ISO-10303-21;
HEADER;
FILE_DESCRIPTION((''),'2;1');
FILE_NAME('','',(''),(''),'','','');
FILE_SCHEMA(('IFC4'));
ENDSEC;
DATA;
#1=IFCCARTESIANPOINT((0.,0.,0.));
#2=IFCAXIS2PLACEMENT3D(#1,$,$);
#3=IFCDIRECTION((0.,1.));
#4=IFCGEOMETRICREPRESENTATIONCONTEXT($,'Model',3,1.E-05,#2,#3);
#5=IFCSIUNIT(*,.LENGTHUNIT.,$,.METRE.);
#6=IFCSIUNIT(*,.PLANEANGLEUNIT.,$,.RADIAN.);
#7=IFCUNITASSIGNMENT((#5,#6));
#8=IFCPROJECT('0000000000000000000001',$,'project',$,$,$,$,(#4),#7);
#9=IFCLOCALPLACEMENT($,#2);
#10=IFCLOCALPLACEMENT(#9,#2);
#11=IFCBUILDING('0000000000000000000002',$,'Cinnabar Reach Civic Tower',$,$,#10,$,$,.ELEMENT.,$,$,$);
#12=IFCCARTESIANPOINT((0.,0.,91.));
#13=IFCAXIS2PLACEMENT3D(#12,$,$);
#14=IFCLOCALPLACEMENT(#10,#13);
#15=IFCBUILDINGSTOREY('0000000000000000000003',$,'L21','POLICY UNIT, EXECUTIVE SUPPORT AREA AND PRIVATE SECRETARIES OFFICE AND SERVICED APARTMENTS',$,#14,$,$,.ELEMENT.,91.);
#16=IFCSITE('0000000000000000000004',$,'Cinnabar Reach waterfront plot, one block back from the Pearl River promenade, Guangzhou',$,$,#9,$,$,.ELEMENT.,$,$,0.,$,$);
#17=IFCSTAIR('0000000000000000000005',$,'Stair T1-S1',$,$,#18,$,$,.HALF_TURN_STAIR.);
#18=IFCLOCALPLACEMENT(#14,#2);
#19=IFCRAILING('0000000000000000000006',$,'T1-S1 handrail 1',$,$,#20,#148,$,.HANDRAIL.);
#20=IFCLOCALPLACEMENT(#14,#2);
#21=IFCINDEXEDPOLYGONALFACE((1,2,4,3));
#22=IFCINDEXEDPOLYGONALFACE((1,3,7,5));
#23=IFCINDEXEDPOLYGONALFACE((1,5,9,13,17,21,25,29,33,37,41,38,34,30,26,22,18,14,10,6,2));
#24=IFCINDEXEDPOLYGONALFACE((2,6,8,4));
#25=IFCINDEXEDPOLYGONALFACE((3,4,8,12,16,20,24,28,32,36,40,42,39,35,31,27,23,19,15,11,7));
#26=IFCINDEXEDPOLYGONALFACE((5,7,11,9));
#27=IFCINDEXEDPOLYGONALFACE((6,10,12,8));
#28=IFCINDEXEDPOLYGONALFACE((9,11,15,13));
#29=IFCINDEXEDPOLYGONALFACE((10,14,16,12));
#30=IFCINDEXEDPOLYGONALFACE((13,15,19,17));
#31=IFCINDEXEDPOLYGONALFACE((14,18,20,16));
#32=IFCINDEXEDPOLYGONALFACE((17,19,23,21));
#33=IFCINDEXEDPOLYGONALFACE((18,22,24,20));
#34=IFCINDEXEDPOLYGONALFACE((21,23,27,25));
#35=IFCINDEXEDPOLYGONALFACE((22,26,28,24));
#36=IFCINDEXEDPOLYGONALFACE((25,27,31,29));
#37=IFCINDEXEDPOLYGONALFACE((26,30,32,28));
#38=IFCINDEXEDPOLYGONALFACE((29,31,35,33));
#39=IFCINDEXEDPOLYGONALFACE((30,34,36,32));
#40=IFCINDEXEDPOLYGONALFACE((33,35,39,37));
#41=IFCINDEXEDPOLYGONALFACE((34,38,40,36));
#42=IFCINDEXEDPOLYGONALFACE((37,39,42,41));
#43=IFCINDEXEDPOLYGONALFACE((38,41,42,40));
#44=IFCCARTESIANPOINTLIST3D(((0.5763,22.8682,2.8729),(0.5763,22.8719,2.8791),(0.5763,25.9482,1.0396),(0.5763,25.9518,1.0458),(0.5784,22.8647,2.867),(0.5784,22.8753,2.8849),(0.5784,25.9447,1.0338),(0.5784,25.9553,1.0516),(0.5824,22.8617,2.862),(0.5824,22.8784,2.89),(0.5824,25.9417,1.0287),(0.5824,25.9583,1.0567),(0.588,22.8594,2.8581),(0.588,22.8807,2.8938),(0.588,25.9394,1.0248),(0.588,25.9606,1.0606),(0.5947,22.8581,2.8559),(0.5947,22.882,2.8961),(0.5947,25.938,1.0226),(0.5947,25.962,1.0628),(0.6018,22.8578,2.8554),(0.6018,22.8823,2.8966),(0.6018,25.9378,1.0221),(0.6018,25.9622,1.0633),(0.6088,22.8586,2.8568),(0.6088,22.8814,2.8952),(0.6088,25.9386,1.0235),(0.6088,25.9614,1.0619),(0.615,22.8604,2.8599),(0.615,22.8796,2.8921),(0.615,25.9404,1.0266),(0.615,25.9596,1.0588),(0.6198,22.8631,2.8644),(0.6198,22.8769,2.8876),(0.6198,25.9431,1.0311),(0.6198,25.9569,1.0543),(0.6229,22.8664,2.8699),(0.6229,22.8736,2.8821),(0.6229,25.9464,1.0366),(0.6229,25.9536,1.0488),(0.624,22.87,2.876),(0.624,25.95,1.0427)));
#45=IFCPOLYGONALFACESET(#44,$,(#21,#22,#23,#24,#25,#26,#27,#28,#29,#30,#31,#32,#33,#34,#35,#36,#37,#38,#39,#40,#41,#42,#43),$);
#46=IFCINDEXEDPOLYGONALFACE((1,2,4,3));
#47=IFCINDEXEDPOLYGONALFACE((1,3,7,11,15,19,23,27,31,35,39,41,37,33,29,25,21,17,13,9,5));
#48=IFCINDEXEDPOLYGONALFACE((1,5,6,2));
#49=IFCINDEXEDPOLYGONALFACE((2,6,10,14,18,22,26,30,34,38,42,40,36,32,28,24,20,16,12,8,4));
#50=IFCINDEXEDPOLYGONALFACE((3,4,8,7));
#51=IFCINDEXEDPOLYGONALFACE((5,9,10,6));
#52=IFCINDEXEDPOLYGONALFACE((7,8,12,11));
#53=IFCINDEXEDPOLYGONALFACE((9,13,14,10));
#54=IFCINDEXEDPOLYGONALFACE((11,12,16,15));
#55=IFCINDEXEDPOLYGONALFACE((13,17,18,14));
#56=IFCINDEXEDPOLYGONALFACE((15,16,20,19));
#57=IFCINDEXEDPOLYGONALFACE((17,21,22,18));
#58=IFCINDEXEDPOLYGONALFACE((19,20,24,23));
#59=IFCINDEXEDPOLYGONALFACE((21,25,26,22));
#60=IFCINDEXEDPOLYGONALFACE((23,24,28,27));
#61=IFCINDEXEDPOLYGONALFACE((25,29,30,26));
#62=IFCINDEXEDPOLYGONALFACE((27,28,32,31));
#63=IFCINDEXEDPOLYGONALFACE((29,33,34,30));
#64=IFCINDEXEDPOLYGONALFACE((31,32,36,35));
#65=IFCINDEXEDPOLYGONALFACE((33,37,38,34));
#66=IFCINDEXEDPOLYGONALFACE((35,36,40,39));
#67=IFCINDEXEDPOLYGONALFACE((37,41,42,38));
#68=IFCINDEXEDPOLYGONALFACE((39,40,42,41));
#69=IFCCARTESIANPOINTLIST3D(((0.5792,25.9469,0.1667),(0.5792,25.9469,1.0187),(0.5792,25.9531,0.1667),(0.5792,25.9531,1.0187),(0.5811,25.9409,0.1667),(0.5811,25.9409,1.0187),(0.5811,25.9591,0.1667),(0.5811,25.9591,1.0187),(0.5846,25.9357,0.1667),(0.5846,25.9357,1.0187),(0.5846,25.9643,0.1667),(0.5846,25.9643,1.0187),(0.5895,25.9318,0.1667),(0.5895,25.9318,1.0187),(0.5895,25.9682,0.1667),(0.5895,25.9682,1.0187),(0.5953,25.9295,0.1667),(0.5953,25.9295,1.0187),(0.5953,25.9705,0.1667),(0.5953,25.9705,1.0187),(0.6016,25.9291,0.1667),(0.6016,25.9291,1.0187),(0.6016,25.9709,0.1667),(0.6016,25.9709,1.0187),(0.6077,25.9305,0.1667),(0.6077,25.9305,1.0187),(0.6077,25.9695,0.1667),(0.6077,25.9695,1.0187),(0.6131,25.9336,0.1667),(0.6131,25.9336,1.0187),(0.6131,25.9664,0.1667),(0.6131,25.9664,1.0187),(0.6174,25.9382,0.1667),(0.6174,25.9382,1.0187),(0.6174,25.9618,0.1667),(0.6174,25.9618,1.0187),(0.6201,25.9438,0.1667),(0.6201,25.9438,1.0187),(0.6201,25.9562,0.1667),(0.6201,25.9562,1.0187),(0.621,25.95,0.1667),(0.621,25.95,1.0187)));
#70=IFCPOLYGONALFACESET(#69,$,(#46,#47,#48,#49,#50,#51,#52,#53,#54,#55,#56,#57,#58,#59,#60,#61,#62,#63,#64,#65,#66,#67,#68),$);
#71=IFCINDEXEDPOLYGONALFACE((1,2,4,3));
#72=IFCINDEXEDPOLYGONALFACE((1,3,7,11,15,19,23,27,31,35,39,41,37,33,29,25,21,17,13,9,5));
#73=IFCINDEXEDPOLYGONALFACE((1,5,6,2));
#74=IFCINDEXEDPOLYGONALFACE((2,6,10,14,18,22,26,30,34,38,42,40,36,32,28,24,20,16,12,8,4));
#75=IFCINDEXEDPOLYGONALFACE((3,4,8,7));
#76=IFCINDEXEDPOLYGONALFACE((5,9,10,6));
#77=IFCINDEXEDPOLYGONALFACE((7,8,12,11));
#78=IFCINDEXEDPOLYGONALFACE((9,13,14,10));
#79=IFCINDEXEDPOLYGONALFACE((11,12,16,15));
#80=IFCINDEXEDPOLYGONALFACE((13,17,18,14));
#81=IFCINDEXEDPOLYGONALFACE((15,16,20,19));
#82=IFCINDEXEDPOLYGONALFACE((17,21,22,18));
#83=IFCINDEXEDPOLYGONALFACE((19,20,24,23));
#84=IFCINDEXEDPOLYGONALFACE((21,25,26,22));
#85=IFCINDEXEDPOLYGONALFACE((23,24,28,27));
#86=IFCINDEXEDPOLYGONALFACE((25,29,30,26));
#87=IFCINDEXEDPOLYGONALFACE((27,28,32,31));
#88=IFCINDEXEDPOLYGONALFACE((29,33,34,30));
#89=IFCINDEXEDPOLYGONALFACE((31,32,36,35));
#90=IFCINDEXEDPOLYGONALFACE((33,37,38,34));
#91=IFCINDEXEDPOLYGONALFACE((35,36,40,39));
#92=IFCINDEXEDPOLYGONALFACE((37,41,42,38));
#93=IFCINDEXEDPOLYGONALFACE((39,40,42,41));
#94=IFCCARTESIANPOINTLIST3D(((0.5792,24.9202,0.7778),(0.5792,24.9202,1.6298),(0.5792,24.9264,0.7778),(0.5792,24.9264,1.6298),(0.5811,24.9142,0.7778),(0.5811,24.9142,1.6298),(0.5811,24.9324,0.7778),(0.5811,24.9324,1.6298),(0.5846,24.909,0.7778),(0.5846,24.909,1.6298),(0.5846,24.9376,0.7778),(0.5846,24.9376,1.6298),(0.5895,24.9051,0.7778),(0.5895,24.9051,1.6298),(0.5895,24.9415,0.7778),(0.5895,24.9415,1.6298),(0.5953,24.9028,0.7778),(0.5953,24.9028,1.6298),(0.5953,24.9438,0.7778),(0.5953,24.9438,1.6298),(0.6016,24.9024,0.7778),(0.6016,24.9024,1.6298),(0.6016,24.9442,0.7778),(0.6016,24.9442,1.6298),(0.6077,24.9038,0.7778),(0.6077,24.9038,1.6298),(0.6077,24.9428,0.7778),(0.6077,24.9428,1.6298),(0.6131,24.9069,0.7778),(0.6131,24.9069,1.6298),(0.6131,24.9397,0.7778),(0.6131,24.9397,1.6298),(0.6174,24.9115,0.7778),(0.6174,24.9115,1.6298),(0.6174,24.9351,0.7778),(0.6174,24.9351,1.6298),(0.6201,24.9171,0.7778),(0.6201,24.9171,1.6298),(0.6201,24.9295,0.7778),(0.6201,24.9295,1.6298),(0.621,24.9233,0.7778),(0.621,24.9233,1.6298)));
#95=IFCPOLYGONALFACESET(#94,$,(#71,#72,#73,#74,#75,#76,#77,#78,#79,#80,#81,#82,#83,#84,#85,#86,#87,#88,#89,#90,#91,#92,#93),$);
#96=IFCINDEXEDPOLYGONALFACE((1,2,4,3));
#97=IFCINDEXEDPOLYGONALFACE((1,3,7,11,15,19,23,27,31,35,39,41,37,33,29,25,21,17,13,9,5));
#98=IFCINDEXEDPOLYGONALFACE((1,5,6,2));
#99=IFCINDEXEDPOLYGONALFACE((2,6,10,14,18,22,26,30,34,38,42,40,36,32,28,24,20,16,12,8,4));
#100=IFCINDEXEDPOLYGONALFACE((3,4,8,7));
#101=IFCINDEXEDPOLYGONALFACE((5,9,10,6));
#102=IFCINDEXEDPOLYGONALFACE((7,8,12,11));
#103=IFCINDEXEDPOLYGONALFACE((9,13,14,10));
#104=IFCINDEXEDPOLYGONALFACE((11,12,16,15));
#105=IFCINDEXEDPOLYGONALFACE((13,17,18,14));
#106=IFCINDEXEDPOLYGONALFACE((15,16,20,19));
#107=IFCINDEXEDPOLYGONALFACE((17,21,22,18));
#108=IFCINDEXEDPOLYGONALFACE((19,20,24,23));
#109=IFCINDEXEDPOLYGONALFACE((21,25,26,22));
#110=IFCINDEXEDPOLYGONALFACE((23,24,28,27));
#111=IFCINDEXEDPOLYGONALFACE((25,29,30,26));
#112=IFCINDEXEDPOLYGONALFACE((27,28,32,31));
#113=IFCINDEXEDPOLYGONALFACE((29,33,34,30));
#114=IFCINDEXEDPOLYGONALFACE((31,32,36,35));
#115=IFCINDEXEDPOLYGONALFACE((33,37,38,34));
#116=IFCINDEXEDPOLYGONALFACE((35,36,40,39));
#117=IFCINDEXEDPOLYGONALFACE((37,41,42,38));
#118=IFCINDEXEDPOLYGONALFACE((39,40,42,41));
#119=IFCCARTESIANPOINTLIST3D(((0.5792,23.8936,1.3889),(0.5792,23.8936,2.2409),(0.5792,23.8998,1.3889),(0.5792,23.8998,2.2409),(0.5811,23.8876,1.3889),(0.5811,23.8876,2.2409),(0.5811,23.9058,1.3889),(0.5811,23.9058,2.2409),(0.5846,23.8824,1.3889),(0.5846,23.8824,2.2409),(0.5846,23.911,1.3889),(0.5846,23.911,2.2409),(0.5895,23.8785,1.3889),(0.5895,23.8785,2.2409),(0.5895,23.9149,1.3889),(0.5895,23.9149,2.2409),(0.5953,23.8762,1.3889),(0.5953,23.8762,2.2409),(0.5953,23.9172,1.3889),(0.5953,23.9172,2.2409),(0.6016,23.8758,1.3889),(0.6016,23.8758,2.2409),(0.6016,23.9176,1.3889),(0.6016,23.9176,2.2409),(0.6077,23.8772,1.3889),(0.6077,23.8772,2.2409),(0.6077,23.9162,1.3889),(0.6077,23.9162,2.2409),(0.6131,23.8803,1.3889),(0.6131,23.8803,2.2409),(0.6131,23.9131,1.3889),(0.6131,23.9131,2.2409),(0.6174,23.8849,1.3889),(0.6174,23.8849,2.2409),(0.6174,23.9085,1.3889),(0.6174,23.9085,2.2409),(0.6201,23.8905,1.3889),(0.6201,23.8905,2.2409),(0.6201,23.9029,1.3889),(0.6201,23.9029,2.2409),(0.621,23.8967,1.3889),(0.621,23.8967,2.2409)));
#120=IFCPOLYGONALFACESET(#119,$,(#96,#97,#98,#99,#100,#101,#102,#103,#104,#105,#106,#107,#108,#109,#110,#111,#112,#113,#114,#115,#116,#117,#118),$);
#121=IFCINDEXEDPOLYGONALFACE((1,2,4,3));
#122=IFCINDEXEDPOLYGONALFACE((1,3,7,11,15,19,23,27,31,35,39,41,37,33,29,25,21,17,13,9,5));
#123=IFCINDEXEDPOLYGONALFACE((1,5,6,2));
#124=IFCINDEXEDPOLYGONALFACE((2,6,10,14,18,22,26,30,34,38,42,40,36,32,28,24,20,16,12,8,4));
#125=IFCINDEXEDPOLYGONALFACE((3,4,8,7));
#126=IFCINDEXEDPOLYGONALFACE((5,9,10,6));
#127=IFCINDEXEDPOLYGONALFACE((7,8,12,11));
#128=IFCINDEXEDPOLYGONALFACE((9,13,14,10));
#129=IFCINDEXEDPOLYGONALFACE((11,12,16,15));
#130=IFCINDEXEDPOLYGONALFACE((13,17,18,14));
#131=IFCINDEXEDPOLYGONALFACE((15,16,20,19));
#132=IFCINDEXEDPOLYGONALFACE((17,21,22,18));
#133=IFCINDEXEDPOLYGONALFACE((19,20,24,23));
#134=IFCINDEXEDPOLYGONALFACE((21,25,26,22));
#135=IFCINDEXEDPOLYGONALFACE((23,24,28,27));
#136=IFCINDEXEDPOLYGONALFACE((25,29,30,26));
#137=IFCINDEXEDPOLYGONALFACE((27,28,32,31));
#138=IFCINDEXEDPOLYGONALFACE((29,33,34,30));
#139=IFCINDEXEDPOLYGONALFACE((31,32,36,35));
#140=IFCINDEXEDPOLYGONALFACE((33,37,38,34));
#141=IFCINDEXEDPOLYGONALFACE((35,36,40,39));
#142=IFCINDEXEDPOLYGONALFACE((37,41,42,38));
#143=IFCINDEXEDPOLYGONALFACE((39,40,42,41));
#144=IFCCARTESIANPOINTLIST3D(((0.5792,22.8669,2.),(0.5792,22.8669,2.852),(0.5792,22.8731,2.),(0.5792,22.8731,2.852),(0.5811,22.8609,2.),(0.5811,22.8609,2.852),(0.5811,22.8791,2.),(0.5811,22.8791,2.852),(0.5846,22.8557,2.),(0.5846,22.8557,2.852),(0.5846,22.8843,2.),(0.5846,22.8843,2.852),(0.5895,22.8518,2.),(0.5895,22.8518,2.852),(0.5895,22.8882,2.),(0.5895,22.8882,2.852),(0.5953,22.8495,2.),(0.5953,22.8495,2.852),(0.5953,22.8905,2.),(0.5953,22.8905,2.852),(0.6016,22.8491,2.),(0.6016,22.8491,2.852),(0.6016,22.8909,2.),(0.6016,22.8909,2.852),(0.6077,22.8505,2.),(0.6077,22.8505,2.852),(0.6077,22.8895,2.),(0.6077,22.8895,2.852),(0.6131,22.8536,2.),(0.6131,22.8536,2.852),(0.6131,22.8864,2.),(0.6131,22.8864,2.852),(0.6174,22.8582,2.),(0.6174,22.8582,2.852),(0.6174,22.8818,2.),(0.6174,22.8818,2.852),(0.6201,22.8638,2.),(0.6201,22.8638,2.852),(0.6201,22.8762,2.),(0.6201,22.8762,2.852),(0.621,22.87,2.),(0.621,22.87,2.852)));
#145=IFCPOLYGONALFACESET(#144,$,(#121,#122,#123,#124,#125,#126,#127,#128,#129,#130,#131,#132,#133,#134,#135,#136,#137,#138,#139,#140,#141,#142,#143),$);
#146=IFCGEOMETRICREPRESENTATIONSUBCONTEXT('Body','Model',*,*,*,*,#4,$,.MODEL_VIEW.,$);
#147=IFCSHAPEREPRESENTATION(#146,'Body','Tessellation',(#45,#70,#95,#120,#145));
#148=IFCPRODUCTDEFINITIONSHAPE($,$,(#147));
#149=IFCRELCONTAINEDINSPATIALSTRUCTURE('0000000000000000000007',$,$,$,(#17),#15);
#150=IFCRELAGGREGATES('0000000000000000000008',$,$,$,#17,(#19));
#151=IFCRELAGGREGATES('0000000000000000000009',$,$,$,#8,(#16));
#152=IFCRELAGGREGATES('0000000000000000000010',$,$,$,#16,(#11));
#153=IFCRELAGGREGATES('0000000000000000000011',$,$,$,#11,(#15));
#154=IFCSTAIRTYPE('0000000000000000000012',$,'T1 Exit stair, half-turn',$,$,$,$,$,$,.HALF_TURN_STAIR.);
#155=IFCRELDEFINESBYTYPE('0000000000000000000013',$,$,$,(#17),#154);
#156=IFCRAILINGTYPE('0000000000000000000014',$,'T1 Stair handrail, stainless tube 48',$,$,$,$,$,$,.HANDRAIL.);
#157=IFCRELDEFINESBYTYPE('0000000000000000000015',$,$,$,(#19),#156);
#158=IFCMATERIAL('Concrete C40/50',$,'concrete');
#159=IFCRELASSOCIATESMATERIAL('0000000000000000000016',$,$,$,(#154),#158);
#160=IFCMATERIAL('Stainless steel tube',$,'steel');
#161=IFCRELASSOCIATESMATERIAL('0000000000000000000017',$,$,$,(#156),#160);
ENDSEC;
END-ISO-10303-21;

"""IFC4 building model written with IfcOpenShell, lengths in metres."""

from ifc_helpers import new_model, si_unit, direction, frame, origin, origin_2d, place, context, subcontext, project, spatial, circle, extrude, material, type_object, element, aggregate, save


model = new_model("IFC4")

# Units and contexts
model_context = context("Model", 3, precision=1e-05, world=origin(), true_north=direction((0.0, 1.0)))
body_context = subcontext(model_context, "Body", "Model", "MODEL_VIEW")
ifc_project = project(units=[si_unit("LENGTHUNIT", "METRE"), si_unit("PLANEANGLEUNIT", "RADIAN")], contexts=[model_context])

# Site, building, storey
site_placement = place(None, origin())
site = spatial("IfcSite", under=ifc_project, at=site_placement, Name="Cinnabar Reach waterfront plot, one block back from the Pearl River promenade, Guangzhou", CompositionType="ELEMENT", RefElevation=0.0)
building_placement = place(site_placement, origin())
building = spatial("IfcBuilding", under=site, at=building_placement, Name="Cinnabar Reach Civic Tower", CompositionType="ELEMENT")
storey_placement = place(building_placement, frame((0.0, 0.0, 91.0)))
storey = spatial("IfcBuildingStorey", under=building, at=storey_placement, Name="L21", Description="POLICY UNIT, EXECUTIVE SUPPORT AREA AND PRIVATE SECRETARIES OFFICE AND SERVICED APARTMENTS", CompositionType="ELEMENT", Elevation=91.0)

# Shared definitions
ifc_material_1 = material(Name="Concrete C40/50", Category="concrete")

# Stair, railing
stair_type_1 = type_object("IfcStairType", Name="T1 Exit stair, half-turn", PredefinedType="HALF_TURN_STAIR", material=ifc_material_1)
stair_1_placement = place(storey_placement, origin())
stair_1 = element("IfcStair", 1, at=stair_1_placement, inside=storey, type_object=stair_type_1, Name="Stair T1-S1", PredefinedType="HALF_TURN_STAIR")
ifc_material_2 = material(Name="Stainless steel tube", Category="steel")
railing_type_1 = type_object("IfcRailingType", Name="T1 Stair handrail, stainless tube 48", PredefinedType="HANDRAIL", material=ifc_material_2)
railing_1_placement = place(storey_placement, frame((0.6, 25.95, 0.1667)))
railing_1 = element("IfcRailing", 2, at=railing_1_placement, type_object=railing_type_1, Name="T1-S1 handrail 1", PredefinedType="HANDRAIL", context=body_context, shape_type="SweptSolid", body=[
    extrude(circle(Radius=0.024, at=origin_2d()), frame((0.0, 0.0, 0.876), z_axis=(0.0, -0.859297, 0.511477), x_axis=(1.0, 0.0, 0.0)), (0.0, 0.0, 1.0), 3.5843),
    extrude(circle(Radius=0.021, at=origin_2d()), origin(), (0.0, 0.0, 1.0), 0.852),
    extrude(circle(Radius=0.021, at=origin_2d()), frame((0.0, -1.0267, 0.6111)), (0.0, 0.0, 1.0), 0.852),
    extrude(circle(Radius=0.021, at=origin_2d()), frame((0.0, -2.0533, 1.2222)), (0.0, 0.0, 1.0), 0.852),
    extrude(circle(Radius=0.021, at=origin_2d()), frame((0.0, -3.08, 1.8333)), (0.0, 0.0, 1.0), 0.852),
])
aggregate(stair_1, [railing_1])

save(model, "model.ifc")
